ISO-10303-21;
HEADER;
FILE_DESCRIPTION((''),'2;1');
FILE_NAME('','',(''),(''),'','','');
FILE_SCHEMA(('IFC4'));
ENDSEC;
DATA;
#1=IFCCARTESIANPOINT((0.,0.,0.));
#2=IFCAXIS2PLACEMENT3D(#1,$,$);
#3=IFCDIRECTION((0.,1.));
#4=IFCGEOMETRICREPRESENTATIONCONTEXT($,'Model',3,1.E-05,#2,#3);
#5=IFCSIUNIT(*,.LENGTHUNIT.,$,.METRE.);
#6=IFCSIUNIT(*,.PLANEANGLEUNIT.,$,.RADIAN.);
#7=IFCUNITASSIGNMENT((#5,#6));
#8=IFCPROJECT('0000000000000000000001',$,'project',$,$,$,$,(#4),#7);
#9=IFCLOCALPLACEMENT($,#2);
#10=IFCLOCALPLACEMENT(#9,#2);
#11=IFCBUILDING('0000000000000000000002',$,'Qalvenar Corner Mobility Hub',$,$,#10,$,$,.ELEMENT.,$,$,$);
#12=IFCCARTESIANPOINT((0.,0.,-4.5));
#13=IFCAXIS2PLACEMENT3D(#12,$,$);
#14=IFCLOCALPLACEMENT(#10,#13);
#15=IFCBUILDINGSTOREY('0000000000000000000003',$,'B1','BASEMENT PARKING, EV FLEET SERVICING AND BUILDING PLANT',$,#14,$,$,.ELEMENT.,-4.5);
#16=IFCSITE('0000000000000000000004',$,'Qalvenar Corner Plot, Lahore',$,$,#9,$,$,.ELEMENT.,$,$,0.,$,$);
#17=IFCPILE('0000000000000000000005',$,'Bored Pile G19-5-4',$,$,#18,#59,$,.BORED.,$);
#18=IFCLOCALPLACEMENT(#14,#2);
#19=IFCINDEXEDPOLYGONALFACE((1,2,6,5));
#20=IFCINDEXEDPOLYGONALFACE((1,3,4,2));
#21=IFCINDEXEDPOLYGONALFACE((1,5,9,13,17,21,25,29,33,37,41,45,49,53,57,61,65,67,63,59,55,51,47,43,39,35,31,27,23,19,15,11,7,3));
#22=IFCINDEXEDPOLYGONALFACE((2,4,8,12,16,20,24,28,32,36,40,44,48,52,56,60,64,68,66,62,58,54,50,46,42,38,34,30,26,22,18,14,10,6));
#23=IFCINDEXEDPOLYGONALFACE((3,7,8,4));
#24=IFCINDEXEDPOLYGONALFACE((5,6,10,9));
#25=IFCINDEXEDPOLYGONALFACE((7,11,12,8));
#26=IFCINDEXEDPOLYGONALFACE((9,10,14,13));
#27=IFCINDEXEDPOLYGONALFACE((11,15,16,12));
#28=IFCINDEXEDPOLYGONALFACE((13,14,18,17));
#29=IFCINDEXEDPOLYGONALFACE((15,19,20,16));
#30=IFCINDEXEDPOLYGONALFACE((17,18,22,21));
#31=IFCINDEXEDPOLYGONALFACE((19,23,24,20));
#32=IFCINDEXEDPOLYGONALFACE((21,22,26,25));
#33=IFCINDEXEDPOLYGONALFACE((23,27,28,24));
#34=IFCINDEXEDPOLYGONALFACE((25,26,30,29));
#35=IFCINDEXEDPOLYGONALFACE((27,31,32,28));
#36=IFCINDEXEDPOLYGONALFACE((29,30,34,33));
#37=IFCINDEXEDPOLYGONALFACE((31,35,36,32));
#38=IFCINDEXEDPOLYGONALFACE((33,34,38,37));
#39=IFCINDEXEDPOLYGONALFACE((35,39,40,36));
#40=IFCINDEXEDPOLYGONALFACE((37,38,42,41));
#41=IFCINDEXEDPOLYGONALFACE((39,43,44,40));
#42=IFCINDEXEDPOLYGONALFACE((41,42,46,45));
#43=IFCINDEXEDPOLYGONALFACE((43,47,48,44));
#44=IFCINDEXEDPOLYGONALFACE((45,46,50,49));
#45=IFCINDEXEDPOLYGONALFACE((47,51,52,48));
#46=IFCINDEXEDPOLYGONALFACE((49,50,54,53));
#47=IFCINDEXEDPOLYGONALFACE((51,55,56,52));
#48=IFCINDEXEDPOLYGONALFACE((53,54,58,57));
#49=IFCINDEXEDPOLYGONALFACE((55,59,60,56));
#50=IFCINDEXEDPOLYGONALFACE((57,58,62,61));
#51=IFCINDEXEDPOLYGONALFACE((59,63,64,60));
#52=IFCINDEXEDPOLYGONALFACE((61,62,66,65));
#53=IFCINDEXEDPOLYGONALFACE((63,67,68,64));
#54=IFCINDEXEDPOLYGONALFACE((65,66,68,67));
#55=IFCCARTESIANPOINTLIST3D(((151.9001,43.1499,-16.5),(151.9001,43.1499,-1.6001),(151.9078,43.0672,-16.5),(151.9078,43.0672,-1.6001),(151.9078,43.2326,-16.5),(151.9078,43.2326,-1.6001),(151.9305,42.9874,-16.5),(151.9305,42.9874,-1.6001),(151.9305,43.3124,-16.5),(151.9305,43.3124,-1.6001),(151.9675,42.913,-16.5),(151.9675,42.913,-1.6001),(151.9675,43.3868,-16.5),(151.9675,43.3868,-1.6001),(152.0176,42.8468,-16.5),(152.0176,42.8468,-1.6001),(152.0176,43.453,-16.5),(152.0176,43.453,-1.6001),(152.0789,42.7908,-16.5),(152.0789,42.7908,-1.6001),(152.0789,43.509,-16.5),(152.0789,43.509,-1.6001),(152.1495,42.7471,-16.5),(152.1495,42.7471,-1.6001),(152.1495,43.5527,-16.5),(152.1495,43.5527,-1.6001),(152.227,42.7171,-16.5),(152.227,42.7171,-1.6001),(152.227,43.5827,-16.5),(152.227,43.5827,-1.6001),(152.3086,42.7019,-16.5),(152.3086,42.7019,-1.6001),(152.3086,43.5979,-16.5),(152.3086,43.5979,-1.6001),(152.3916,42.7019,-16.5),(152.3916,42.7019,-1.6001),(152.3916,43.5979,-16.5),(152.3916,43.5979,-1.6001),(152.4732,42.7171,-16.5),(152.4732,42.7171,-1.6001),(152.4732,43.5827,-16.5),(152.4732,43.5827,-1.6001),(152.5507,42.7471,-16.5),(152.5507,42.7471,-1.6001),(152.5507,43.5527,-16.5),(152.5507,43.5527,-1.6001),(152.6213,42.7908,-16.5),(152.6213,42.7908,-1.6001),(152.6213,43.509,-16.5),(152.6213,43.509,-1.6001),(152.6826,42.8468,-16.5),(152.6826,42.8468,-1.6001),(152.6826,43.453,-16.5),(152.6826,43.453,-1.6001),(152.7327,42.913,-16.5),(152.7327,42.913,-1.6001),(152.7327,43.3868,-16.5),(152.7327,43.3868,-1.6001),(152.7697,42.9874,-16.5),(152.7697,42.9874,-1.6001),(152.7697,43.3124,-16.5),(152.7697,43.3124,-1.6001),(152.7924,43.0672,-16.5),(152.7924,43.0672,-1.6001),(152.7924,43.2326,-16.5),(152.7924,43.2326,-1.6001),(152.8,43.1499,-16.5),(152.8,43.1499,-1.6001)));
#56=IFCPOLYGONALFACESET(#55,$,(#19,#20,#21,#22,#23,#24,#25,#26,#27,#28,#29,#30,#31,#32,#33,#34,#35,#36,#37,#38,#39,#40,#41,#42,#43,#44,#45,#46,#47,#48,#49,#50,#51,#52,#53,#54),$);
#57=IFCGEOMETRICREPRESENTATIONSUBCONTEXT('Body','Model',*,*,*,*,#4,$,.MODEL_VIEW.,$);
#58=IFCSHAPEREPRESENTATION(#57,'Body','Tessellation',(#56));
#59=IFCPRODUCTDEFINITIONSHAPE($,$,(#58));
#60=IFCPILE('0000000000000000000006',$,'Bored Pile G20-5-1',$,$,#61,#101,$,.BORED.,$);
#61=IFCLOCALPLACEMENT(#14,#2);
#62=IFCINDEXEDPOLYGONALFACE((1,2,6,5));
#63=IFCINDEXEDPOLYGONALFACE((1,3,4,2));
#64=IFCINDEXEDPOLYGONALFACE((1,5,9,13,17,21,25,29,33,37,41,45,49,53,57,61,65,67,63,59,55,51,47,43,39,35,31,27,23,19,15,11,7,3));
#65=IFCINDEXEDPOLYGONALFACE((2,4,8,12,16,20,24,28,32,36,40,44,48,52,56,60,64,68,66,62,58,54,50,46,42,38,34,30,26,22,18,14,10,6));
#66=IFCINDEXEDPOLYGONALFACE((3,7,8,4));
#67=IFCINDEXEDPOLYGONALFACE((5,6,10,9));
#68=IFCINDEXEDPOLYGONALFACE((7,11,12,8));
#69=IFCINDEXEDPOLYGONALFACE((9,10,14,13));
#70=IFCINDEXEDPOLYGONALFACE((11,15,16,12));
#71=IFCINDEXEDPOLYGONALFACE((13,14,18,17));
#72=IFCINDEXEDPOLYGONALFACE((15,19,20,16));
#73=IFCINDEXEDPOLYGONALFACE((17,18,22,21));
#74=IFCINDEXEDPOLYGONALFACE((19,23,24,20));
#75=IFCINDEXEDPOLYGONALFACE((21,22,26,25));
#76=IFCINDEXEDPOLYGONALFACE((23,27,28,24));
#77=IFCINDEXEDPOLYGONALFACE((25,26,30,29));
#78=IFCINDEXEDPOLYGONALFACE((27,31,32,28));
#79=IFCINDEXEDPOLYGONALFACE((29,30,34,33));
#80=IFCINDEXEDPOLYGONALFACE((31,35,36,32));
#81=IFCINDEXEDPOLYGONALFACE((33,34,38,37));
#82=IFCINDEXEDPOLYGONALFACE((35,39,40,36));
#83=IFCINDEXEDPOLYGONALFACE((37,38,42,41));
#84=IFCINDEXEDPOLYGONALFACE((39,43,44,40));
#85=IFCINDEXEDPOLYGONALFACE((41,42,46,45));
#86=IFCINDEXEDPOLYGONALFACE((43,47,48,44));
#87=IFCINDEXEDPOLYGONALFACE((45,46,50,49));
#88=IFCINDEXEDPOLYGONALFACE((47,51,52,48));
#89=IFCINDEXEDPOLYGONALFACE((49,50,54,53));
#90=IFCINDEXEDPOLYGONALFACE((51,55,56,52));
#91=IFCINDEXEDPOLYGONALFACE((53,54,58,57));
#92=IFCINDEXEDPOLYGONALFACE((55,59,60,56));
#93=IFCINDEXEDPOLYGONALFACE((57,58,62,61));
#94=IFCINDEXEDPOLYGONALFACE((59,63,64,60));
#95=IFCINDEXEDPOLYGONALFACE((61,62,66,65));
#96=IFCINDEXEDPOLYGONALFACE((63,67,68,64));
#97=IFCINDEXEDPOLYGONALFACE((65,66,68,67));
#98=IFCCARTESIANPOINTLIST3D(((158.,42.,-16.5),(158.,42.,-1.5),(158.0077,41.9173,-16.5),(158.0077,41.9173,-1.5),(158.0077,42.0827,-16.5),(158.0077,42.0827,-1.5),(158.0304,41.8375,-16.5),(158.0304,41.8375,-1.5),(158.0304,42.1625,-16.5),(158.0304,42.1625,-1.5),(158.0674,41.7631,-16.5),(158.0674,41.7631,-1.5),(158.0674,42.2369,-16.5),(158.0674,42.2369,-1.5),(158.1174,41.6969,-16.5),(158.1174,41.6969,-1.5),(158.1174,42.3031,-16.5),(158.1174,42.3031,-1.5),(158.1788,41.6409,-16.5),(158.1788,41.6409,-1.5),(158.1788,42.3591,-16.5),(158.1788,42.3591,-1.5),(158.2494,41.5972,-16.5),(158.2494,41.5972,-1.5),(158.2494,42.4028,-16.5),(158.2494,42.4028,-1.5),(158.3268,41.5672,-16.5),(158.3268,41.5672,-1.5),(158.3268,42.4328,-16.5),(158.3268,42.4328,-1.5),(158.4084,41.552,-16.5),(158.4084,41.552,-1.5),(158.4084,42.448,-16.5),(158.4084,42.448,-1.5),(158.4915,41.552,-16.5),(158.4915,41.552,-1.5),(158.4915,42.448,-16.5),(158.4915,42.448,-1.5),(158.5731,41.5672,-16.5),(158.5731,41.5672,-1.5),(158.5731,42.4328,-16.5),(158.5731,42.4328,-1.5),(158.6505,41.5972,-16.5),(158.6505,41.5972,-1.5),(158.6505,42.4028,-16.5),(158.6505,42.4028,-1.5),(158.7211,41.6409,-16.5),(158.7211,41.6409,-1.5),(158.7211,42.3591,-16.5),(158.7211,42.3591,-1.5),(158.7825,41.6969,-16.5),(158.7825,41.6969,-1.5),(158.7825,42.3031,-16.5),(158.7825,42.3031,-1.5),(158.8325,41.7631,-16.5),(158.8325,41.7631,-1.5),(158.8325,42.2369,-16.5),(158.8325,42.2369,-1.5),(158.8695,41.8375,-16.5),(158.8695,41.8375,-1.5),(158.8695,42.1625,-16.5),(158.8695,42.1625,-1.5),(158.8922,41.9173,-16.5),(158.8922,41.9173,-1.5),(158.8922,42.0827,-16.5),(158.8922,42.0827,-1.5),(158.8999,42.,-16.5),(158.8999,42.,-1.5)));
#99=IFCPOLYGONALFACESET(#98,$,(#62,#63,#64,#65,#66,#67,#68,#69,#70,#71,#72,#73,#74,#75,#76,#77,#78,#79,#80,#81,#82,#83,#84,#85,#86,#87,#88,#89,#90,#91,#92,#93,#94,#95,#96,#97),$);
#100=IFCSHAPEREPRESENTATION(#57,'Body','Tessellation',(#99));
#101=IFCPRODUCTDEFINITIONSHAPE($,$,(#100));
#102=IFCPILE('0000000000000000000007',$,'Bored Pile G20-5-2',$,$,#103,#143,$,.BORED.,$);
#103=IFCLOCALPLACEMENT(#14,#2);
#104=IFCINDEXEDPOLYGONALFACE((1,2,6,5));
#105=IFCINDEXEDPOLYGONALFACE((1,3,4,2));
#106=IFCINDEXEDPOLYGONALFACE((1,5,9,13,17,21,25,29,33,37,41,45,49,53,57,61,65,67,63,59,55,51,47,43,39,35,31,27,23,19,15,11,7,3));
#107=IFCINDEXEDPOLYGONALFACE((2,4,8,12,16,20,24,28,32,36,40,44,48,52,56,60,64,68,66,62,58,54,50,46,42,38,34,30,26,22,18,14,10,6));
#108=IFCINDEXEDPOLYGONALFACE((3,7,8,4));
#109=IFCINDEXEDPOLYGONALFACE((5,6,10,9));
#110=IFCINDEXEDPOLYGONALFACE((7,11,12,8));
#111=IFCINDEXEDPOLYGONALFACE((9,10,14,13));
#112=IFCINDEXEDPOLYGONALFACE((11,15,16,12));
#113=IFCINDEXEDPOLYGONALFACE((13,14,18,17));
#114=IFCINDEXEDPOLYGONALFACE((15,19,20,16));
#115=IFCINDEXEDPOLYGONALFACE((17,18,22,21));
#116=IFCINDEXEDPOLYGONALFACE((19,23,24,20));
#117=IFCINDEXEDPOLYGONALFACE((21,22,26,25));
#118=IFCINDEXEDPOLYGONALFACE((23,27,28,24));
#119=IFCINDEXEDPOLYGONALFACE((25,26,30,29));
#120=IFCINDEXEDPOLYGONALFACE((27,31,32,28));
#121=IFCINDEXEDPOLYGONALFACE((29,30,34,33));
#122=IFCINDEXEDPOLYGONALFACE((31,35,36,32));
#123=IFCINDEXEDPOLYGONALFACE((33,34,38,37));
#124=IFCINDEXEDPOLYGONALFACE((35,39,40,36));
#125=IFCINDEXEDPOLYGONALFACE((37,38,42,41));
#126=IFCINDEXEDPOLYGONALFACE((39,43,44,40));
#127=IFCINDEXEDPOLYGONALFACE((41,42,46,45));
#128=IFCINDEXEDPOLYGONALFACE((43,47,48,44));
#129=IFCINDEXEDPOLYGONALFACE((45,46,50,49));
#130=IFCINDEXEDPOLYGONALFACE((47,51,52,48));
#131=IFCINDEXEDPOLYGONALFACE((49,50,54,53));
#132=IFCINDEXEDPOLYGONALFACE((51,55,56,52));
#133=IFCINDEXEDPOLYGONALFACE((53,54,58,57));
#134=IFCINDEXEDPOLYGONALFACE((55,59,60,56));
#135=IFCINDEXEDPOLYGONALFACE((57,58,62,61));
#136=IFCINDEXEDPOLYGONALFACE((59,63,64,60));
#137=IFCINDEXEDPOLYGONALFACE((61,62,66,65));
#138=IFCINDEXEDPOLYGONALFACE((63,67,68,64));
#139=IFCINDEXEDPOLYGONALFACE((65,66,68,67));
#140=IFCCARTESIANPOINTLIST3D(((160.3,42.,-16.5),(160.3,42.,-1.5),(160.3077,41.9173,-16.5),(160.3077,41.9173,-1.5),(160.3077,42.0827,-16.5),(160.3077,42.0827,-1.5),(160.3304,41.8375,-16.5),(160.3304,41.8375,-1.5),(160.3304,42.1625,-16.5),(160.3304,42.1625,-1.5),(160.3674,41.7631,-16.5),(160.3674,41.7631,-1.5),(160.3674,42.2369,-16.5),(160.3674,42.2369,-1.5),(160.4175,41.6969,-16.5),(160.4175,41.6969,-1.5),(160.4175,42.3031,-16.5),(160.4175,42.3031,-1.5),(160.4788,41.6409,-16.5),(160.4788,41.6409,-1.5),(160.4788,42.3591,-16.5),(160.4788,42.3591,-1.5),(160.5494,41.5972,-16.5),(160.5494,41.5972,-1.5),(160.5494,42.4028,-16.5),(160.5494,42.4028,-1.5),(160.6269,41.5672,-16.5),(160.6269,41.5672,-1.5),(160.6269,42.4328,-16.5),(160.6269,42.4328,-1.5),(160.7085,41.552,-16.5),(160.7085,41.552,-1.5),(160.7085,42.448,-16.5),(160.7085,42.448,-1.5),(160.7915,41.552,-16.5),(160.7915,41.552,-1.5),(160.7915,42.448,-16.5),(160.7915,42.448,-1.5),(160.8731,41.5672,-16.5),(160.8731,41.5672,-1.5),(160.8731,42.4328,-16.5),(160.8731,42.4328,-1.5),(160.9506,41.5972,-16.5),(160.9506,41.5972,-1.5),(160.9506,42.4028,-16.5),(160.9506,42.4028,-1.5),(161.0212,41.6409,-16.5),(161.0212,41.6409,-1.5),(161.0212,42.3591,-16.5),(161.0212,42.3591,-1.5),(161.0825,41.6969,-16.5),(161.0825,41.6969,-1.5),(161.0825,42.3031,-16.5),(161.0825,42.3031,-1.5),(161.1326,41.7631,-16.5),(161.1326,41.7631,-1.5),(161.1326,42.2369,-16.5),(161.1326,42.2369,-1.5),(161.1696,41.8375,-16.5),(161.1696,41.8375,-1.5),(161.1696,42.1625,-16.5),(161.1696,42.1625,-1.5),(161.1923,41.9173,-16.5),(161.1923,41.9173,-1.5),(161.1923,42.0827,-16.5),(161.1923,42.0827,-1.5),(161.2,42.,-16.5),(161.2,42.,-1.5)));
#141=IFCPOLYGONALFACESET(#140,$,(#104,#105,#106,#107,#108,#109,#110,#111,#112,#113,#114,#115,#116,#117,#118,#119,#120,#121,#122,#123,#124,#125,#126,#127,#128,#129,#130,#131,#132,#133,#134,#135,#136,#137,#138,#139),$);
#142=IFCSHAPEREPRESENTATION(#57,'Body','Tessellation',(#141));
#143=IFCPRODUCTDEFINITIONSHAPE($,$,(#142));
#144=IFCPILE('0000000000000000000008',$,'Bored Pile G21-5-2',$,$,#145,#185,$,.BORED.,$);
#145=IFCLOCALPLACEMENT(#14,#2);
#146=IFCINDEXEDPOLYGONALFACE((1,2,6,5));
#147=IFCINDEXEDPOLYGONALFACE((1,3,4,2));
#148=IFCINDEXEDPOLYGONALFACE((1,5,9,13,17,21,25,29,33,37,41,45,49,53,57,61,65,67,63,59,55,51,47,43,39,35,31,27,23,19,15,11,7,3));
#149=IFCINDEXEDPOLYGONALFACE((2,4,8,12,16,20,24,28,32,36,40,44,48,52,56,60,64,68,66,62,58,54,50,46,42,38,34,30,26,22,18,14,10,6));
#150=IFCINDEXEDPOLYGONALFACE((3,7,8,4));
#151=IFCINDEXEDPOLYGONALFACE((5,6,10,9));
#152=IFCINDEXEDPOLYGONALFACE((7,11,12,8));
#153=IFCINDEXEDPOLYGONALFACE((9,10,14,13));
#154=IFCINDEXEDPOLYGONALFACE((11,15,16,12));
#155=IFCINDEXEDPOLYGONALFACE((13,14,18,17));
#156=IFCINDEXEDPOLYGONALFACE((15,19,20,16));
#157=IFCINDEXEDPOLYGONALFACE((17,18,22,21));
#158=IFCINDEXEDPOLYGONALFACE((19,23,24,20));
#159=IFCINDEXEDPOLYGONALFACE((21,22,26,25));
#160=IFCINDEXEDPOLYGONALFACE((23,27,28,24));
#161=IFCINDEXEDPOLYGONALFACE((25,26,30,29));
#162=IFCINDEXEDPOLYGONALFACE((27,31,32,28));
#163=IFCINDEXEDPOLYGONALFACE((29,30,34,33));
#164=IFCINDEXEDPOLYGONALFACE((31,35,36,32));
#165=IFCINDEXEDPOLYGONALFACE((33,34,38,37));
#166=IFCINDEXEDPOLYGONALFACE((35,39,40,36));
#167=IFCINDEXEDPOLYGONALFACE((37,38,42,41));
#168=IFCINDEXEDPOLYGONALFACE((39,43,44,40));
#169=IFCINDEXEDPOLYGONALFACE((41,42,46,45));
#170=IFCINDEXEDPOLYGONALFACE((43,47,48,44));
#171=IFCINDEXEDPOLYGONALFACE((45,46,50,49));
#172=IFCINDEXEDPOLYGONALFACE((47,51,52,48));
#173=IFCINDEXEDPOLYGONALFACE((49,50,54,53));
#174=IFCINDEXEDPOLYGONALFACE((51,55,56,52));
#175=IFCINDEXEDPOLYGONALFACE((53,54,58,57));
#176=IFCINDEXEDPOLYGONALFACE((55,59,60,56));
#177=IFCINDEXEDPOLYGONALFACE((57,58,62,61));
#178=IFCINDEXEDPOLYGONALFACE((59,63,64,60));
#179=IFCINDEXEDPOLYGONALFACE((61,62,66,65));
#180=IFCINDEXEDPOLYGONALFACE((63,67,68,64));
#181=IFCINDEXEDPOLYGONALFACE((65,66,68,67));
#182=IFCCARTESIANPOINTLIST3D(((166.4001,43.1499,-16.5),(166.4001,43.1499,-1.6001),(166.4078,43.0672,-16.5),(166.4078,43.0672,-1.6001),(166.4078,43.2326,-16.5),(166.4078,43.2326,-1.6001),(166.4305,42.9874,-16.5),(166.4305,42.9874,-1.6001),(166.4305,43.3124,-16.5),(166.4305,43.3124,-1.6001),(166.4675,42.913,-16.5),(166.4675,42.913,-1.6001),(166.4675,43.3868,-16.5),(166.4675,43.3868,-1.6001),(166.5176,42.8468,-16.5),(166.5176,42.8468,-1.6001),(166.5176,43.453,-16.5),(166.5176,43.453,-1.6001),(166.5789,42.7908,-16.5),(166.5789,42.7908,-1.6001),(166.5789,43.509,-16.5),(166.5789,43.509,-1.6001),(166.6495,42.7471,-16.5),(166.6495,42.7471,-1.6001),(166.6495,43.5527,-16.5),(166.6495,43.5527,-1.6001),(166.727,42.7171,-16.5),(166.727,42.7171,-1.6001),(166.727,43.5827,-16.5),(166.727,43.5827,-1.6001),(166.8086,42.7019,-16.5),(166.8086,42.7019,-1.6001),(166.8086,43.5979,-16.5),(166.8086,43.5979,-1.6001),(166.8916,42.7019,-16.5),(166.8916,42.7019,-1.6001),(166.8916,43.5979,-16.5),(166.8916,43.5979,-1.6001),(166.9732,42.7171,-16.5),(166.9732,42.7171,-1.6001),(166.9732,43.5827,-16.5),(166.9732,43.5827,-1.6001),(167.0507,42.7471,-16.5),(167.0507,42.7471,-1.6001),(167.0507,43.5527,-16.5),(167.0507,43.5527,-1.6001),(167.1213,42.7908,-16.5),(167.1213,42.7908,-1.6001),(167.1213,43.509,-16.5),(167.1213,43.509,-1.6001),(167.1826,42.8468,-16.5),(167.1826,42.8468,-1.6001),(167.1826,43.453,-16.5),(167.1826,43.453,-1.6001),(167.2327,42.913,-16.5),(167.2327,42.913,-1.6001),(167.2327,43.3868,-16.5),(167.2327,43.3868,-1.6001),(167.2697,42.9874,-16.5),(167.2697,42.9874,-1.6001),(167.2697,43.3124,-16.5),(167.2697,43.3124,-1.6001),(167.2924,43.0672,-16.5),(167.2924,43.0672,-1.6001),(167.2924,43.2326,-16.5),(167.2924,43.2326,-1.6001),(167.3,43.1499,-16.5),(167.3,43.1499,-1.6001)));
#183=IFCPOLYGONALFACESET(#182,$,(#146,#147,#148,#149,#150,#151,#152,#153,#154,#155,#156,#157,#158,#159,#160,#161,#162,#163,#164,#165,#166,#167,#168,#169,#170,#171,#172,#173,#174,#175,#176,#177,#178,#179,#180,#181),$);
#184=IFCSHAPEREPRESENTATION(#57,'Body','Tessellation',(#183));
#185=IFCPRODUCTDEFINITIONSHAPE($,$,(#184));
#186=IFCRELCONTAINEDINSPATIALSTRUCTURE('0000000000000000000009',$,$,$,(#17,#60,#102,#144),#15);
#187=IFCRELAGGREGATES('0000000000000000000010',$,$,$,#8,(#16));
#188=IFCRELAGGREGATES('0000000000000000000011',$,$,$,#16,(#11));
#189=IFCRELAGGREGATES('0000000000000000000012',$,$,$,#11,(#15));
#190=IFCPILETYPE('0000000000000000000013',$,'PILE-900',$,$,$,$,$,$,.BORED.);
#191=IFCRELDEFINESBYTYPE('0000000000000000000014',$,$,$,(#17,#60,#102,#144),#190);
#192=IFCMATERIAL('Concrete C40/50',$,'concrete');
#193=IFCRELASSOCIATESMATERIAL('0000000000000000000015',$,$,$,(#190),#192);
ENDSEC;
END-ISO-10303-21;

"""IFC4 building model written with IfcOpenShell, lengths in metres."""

from ifc_helpers import new_model, si_unit, direction, frame, origin, origin_2d, place, context, subcontext, project, spatial, circle, extrude, material, material_profile, profile_set, type_object, element, save


model = new_model("IFC4")

# Units and contexts
model_context = context("Model", 3, precision=1e-05, world=origin(), true_north=direction((0.0, 1.0)))
body_context = subcontext(model_context, "Body", "Model", "MODEL_VIEW")
ifc_project = project(units=[si_unit("LENGTHUNIT", "METRE"), si_unit("PLANEANGLEUNIT", "RADIAN")], contexts=[model_context])

# Site, building, storey
site_placement = place(None, origin())
site = spatial("IfcSite", under=ifc_project, at=site_placement, Name="Qalvenar Corner Plot, Lahore", CompositionType="ELEMENT", RefElevation=0.0)
building_placement = place(site_placement, origin())
building = spatial("IfcBuilding", under=site, at=building_placement, Name="Qalvenar Corner Mobility Hub", CompositionType="ELEMENT")
storey_placement = place(building_placement, frame((0.0, 0.0, -4.5)))
storey = spatial("IfcBuildingStorey", under=building, at=storey_placement, Name="B1", Description="BASEMENT PARKING, EV FLEET SERVICING AND BUILDING PLANT", CompositionType="ELEMENT", Elevation=-4.5)

# Shared definitions
ifc_material_1 = material(Name="Concrete C40/50", Category="concrete")

# Piles
ifc_material_profile_1 = material_profile(ifc_material_1, circle(Radius=0.45, at=origin_2d()), Name="DIA900")
ifc_profile_set_1 = profile_set([ifc_material_profile_1], Name="Concrete C40/50")
pile_type_1 = type_object("IfcPileType", Name="PILE-900", PredefinedType="BORED", material=ifc_profile_set_1)
pile_placement = place(storey_placement, frame((152.3501, 43.1499, -1.6001), z_axis=(0.0, 0.0, -1.0), x_axis=(1.0, 0.0, 0.0)))
element("IfcPile", 1, at=pile_placement, inside=storey, type_object=pile_type_1, Name="Bored Pile G19-5-4", PredefinedType="BORED", context=body_context, shape_type="SweptSolid", body=[
    extrude(circle(Radius=0.45, at=origin_2d()), origin(), (0.0, 0.0, 1.0), 14.8999),
])
for number, where, z_axis, x_axis, name in (
    (2, (158.45, 42.0, -1.5), (0.0, 0.0, -1.0), (1.0, 0.0, 0.0), "Bored Pile G20-5-1"),
    (3, (160.75, 42.0, -1.5), (0.0, 0.0, -1.0), (1.0, 0.0, 0.0), "Bored Pile G20-5-2"),
):
    element("IfcPile", number, at=place(storey_placement, frame(where, z_axis=z_axis, x_axis=x_axis)), inside=storey, type_object=pile_type_1, Name=name, PredefinedType="BORED", context=body_context, shape_type="SweptSolid", body=[
        extrude(circle(Radius=0.45, at=origin_2d()), origin(), (0.0, 0.0, 1.0), 15.0),
    ])
for number, where, z_axis, x_axis, name in (
    (4, (166.8501, 43.1499, -1.6001), (0.0, 0.0, -1.0), (1.0, 0.0, 0.0), "Bored Pile G21-5-2"),
):
    element("IfcPile", number, at=place(storey_placement, frame(where, z_axis=z_axis, x_axis=x_axis)), inside=storey, type_object=pile_type_1, Name=name, PredefinedType="BORED", context=body_context, shape_type="SweptSolid", body=[
        extrude(circle(Radius=0.45, at=origin_2d()), origin(), (0.0, 0.0, 1.0), 14.8999),
    ])

save(model, "model.ifc")
